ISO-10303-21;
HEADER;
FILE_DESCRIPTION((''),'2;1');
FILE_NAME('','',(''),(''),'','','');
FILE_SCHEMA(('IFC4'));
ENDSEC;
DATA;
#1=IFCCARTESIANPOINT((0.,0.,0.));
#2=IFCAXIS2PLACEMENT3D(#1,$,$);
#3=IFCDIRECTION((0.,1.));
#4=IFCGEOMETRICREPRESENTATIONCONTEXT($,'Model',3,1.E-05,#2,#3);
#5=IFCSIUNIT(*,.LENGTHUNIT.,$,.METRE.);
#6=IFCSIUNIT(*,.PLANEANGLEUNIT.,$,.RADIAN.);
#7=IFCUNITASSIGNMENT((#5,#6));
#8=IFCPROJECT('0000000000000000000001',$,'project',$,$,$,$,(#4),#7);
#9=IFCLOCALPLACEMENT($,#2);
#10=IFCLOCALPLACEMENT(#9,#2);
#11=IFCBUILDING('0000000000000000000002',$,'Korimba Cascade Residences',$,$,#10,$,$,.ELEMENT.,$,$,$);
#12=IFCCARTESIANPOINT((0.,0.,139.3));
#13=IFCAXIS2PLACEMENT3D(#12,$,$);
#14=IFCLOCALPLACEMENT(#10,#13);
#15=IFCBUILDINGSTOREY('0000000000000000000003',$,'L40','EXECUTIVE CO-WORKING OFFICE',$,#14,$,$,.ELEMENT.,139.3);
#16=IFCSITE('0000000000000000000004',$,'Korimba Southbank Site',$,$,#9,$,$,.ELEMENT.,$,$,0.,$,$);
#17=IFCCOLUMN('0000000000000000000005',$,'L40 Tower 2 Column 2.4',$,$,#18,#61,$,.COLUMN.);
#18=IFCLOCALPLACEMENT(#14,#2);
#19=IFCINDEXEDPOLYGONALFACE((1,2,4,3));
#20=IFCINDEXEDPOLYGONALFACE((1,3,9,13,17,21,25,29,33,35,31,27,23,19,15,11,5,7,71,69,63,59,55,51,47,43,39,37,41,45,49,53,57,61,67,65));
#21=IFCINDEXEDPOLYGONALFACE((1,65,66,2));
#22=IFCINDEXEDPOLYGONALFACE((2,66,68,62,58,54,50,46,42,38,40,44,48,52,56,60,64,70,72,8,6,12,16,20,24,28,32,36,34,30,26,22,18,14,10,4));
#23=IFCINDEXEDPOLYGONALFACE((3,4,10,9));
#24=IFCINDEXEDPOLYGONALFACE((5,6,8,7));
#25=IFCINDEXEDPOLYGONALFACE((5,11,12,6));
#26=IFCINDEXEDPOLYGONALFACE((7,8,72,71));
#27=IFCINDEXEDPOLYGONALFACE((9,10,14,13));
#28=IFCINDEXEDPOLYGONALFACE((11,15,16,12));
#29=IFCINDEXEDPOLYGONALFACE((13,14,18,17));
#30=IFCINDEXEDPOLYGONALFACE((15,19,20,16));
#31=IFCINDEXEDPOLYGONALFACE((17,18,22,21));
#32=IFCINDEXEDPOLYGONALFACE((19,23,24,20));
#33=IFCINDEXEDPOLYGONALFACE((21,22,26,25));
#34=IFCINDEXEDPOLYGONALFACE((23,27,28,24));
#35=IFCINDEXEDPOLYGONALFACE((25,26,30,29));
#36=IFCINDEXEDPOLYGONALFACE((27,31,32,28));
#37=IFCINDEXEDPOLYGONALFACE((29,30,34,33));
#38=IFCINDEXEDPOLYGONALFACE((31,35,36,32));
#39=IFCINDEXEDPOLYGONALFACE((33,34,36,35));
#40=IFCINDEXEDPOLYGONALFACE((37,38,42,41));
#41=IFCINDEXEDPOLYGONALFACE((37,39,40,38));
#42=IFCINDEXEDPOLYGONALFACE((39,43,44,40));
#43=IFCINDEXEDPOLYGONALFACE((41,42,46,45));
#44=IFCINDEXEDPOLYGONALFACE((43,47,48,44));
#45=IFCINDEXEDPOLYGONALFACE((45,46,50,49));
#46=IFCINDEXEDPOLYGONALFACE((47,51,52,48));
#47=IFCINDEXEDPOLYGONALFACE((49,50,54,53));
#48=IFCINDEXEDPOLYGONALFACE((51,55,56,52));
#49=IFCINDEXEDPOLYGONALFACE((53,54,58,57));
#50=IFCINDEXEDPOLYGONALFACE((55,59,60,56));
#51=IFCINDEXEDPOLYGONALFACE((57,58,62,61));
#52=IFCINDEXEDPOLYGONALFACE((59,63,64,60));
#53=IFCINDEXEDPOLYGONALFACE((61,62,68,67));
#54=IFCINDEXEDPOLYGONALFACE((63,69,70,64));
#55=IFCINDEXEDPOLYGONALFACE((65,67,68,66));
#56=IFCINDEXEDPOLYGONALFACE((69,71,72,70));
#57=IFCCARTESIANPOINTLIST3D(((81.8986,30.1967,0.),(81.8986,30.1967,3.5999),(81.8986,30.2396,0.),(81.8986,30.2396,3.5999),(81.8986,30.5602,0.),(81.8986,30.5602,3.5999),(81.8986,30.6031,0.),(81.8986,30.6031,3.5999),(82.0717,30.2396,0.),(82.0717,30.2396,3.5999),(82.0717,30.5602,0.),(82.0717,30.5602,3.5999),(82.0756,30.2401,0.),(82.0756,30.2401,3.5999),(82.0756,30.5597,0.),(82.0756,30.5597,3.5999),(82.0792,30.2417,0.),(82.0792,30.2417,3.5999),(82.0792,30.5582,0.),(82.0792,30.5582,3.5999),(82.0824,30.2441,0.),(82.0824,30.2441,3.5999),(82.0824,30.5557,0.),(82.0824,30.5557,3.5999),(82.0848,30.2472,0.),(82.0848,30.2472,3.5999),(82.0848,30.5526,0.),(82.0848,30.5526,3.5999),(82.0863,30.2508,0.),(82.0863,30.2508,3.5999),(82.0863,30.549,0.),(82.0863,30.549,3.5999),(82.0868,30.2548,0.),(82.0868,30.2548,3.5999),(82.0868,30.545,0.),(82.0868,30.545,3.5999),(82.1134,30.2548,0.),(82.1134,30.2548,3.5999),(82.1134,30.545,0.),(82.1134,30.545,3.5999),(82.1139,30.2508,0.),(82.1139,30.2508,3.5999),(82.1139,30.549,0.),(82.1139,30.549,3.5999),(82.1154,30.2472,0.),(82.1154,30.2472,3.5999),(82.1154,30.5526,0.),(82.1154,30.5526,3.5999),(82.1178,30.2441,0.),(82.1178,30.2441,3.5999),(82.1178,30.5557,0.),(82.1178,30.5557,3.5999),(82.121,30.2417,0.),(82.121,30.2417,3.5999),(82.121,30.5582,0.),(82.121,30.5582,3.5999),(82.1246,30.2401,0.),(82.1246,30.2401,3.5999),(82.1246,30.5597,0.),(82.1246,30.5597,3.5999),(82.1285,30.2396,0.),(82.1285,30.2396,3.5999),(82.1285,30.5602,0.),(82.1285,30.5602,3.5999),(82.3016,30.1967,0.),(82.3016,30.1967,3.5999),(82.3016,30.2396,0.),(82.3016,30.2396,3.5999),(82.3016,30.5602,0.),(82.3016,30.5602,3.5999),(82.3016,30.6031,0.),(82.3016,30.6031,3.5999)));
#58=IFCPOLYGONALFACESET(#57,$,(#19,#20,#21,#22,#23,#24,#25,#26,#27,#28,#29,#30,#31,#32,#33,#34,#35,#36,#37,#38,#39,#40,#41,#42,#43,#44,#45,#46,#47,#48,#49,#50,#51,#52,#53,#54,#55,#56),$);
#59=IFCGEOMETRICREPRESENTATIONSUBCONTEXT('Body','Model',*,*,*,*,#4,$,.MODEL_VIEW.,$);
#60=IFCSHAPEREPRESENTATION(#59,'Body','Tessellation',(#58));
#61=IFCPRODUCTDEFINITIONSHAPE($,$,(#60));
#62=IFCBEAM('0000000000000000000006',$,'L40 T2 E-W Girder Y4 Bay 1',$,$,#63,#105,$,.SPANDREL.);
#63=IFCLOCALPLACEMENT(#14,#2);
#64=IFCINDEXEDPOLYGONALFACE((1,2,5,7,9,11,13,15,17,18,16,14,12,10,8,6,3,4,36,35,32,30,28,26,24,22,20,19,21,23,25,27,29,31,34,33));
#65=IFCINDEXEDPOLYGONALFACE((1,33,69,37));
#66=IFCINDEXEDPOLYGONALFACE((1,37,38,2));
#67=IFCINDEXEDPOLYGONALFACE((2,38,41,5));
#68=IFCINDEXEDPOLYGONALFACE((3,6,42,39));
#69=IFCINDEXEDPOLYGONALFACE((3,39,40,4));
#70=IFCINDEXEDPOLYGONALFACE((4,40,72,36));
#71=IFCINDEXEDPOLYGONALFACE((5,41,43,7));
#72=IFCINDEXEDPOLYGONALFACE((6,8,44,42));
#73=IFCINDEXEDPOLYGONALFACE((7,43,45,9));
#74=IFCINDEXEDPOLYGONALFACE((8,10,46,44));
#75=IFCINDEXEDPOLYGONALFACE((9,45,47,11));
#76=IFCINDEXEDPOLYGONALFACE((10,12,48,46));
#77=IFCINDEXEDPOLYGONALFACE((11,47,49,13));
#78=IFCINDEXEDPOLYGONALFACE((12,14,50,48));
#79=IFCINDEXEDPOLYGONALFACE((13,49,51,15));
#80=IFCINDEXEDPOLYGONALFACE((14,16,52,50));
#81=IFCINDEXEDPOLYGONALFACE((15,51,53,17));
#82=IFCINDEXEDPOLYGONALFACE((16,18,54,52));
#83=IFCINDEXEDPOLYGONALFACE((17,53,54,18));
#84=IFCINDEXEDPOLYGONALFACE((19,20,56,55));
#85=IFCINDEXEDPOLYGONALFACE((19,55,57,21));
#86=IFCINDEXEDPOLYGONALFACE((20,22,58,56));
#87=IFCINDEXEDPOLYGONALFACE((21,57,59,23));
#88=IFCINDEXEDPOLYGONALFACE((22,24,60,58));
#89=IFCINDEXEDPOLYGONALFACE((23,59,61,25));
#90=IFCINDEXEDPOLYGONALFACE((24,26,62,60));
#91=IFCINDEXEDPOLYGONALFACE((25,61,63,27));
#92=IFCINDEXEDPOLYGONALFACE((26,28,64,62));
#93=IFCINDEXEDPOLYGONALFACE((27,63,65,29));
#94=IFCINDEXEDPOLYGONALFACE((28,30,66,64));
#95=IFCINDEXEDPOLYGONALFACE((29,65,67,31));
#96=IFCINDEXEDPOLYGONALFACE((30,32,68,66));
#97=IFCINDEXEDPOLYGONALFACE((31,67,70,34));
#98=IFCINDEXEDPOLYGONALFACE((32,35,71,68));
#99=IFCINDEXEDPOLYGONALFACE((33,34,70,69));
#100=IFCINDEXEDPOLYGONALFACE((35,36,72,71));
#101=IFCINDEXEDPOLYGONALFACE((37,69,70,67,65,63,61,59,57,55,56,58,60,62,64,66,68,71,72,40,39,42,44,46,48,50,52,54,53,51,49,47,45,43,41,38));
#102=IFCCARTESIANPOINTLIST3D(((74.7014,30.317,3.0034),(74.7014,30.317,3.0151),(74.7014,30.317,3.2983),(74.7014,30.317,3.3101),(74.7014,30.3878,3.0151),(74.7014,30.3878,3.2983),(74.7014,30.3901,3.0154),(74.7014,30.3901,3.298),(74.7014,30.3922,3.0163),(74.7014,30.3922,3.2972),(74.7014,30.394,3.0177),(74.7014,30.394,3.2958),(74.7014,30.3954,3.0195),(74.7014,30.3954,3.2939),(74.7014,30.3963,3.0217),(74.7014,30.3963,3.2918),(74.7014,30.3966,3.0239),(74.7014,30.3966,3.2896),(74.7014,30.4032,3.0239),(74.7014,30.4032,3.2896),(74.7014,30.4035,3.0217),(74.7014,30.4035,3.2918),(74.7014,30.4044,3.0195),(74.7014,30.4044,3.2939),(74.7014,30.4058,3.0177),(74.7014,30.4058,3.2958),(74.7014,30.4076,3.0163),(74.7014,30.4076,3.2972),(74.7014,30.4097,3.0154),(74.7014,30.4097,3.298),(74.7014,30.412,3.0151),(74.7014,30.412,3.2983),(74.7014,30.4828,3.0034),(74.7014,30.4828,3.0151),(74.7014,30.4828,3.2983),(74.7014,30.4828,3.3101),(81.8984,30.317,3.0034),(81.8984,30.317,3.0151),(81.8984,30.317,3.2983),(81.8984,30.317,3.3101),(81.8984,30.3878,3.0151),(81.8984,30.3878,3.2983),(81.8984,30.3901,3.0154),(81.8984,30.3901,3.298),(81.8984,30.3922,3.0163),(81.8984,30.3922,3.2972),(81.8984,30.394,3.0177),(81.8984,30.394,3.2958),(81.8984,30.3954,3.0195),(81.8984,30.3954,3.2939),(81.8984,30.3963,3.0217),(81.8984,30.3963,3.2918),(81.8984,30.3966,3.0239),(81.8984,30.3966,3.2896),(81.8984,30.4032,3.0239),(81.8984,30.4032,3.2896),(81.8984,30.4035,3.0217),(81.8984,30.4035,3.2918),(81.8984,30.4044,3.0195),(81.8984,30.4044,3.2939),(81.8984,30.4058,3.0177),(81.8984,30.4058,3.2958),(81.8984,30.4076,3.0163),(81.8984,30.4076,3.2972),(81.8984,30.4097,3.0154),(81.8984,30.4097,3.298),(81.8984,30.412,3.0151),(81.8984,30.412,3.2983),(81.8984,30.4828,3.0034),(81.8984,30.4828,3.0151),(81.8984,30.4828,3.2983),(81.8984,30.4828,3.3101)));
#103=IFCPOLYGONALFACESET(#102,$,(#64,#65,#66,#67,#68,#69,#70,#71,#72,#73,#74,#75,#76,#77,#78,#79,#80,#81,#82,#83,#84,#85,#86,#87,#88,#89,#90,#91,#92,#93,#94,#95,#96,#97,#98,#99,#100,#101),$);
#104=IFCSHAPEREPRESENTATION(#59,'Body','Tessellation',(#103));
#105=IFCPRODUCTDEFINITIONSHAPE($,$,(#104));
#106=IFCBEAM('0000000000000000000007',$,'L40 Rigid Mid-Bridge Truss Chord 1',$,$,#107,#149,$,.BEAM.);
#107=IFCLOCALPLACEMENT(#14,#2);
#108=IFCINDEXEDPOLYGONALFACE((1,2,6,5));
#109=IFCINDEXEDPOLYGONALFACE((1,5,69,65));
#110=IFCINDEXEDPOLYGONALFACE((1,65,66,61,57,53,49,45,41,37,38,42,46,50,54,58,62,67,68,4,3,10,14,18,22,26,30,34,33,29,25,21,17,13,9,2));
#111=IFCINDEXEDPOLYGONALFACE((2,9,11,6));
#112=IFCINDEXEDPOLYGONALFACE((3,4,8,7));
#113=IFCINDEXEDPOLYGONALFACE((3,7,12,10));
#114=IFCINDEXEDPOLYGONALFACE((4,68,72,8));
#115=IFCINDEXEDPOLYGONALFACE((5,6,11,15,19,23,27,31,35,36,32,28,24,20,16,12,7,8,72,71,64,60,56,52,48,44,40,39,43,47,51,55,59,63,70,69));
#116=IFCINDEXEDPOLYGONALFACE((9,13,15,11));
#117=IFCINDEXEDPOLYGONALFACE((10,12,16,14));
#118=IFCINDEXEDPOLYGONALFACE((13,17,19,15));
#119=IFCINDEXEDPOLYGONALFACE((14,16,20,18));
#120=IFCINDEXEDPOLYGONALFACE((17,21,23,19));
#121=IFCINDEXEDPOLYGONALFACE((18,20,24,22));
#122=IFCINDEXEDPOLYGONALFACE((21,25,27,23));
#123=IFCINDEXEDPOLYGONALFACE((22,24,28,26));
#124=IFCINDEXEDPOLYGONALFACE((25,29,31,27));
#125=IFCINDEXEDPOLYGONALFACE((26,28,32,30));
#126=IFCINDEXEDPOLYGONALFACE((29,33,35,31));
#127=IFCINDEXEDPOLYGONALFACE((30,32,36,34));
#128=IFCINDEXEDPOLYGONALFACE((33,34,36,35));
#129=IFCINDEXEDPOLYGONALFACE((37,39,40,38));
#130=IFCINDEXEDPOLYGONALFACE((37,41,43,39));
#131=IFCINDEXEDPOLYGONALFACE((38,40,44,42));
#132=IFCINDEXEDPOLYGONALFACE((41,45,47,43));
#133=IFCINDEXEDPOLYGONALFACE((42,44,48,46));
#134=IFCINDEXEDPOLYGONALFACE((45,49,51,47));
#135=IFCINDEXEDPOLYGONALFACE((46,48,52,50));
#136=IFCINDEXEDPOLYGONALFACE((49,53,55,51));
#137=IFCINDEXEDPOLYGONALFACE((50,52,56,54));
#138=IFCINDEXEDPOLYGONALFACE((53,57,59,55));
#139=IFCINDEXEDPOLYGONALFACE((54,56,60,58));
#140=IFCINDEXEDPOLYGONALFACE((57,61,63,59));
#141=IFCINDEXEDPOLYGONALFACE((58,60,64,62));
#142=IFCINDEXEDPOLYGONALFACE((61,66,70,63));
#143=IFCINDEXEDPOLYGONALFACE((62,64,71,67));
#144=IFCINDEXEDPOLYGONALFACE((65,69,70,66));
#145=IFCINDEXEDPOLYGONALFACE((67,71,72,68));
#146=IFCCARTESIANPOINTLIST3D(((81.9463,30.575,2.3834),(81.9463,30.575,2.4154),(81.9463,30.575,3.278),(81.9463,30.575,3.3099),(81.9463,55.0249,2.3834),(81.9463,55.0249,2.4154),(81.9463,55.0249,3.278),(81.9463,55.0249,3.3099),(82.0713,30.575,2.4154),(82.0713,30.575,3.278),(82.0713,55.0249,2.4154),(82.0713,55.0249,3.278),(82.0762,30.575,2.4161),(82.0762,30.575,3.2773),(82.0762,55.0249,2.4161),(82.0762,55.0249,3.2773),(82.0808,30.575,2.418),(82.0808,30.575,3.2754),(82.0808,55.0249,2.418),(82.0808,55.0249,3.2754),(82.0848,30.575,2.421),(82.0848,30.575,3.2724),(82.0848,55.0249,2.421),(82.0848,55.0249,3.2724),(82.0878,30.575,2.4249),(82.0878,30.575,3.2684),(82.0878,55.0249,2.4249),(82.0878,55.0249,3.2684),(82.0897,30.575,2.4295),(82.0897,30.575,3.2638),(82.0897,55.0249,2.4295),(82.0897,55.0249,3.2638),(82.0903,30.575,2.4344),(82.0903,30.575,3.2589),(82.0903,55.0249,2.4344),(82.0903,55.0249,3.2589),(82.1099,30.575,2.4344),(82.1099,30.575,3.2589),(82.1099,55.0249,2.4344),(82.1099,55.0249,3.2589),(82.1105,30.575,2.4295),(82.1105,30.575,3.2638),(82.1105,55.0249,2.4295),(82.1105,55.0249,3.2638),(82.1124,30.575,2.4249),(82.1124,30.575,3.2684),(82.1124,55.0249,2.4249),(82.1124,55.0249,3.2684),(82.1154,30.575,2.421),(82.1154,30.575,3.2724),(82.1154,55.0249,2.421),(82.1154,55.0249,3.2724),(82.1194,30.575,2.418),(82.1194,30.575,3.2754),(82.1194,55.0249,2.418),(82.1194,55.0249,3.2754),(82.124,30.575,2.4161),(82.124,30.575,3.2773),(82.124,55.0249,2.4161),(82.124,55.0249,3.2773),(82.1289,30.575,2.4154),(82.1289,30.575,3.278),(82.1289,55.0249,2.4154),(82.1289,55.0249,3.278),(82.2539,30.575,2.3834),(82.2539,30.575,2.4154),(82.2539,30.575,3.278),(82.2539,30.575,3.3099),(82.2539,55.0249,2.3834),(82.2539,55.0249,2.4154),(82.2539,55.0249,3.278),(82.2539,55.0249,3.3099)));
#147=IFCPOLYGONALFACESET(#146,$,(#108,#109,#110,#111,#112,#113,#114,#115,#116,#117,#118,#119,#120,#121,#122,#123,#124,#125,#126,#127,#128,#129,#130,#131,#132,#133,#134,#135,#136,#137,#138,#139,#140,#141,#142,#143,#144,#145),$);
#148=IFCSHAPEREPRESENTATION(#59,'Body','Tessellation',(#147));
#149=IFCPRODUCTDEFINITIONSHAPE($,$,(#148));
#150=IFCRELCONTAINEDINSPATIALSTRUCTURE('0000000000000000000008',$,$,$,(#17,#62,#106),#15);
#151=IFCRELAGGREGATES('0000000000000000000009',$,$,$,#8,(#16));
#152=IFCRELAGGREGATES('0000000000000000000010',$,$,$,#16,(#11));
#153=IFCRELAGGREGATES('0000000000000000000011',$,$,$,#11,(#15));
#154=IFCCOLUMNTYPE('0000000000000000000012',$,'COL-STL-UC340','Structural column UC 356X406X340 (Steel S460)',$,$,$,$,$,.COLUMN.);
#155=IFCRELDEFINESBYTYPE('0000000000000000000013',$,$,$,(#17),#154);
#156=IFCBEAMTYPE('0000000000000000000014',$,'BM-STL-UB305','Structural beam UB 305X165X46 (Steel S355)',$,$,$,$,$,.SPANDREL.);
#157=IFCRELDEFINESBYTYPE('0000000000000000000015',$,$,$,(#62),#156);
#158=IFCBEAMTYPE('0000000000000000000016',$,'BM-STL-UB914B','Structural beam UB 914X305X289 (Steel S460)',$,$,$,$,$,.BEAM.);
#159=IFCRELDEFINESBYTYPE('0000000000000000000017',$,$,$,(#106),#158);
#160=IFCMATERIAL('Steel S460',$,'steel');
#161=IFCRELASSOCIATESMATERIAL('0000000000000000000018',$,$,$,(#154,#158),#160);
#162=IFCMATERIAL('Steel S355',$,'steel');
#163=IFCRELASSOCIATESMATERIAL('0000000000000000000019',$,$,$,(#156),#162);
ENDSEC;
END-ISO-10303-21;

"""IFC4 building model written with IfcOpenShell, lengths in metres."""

from ifc_helpers import new_model, si_unit, direction, frame, origin, origin_2d, place, context, subcontext, project, spatial, i_section, extrude, material, material_profile, profile_set, type_object, element, save


model = new_model("IFC4")

# Units and contexts
model_context = context("Model", 3, precision=1e-05, world=origin(), true_north=direction((0.0, 1.0)))
body_context = subcontext(model_context, "Body", "Model", "MODEL_VIEW")
ifc_project = project(units=[si_unit("LENGTHUNIT", "METRE"), si_unit("PLANEANGLEUNIT", "RADIAN")], contexts=[model_context])

# Site, building, storey
site_placement = place(None, origin())
site = spatial("IfcSite", under=ifc_project, at=site_placement, Name="Korimba Southbank Site", CompositionType="ELEMENT", RefElevation=0.0)
building_placement = place(site_placement, origin())
building = spatial("IfcBuilding", under=site, at=building_placement, Name="Korimba Cascade Residences", CompositionType="ELEMENT")
storey_placement = place(building_placement, frame((0.0, 0.0, 139.3)))
storey = spatial("IfcBuildingStorey", under=building, at=storey_placement, Name="L40", Description="EXECUTIVE CO-WORKING OFFICE", CompositionType="ELEMENT", Elevation=139.3)

# Column
ifc_material_1 = material(Name="Steel S460", Category="steel")
ifc_material_profile_1 = material_profile(ifc_material_1, i_section(OverallWidth=0.4031, OverallDepth=0.4065, WebThickness=0.0266, FlangeThickness=0.043, FilletRadius=0.0151, at=origin_2d()), Name="Steel S460")
ifc_profile_set_1 = profile_set([ifc_material_profile_1], Name="Steel S460")
column_type = type_object("IfcColumnType", Name="COL-STL-UC340", Description="Structural column UC 356X406X340 (Steel S460)", PredefinedType="COLUMN", material=ifc_profile_set_1)
column_placement = place(storey_placement, frame((82.1001, 30.3999, 0.0), z_axis=(0.0, 0.0, 1.0), x_axis=(1.0, 0.0, 0.0)))
element("IfcColumn", 1, at=column_placement, inside=storey, type_object=column_type, Name="L40 Tower 2 Column 2.4", PredefinedType="COLUMN", context=body_context, shape_type="SweptSolid", body=[
    extrude(i_section(OverallWidth=0.4031, OverallDepth=0.4065, WebThickness=0.0266, FlangeThickness=0.043, FilletRadius=0.0151, at=origin_2d()), origin(), (0.0, 0.0, 1.0), 3.5999),
])

# Beams
ifc_material_2 = material(Name="Steel S355", Category="steel")
ifc_material_profile_2 = material_profile(ifc_material_2, i_section(OverallWidth=0.1658, OverallDepth=0.3066, WebThickness=0.0066, FlangeThickness=0.0117, FilletRadius=0.0088, at=origin_2d()), Name="Steel S355")
ifc_profile_set_2 = profile_set([ifc_material_profile_2], Name="Steel S355")
beam_type_1 = type_object("IfcBeamType", Name="BM-STL-UB305", Description="Structural beam UB 305X165X46 (Steel S355)", PredefinedType="SPANDREL", material=ifc_profile_set_2)
beam_1_placement = place(storey_placement, frame((74.7014, 30.3999, 3.1567), z_axis=(1.0, 0.0, 0.0), x_axis=(0.0, 1.0, 0.0)))
element("IfcBeam", 2, at=beam_1_placement, inside=storey, type_object=beam_type_1, Name="L40 T2 E-W Girder Y4 Bay 1", PredefinedType="SPANDREL", context=body_context, shape_type="SweptSolid", body=[
    extrude(i_section(OverallWidth=0.1658, OverallDepth=0.3066, WebThickness=0.0066, FlangeThickness=0.0117, FilletRadius=0.0088, at=origin_2d()), origin(), (0.0, 0.0, 1.0), 7.197),
])
ifc_material_profile_3 = material_profile(ifc_material_1, i_section(OverallWidth=0.3076, OverallDepth=0.9265, WebThickness=0.0195, FlangeThickness=0.032, FilletRadius=0.019, at=origin_2d()), Name="Steel S460")
ifc_profile_set_3 = profile_set([ifc_material_profile_3], Name="Steel S460")
beam_type_2 = type_object("IfcBeamType", Name="BM-STL-UB914B", Description="Structural beam UB 914X305X289 (Steel S460)", PredefinedType="BEAM", material=ifc_profile_set_3)
beam_2_placement = place(storey_placement, frame((82.1001, 30.575, 2.8467), z_axis=(0.0, 1.0, 0.0), x_axis=(-1.0, 0.0, 0.0)))
element("IfcBeam", 3, at=beam_2_placement, inside=storey, type_object=beam_type_2, Name="L40 Rigid Mid-Bridge Truss Chord 1", PredefinedType="BEAM", context=body_context, shape_type="SweptSolid", body=[
    extrude(i_section(OverallWidth=0.3076, OverallDepth=0.9265, WebThickness=0.0195, FlangeThickness=0.032, FilletRadius=0.019, at=origin_2d()), origin(), (0.0, 0.0, 1.0), 24.45),
])

save(model, "model.ifc")
